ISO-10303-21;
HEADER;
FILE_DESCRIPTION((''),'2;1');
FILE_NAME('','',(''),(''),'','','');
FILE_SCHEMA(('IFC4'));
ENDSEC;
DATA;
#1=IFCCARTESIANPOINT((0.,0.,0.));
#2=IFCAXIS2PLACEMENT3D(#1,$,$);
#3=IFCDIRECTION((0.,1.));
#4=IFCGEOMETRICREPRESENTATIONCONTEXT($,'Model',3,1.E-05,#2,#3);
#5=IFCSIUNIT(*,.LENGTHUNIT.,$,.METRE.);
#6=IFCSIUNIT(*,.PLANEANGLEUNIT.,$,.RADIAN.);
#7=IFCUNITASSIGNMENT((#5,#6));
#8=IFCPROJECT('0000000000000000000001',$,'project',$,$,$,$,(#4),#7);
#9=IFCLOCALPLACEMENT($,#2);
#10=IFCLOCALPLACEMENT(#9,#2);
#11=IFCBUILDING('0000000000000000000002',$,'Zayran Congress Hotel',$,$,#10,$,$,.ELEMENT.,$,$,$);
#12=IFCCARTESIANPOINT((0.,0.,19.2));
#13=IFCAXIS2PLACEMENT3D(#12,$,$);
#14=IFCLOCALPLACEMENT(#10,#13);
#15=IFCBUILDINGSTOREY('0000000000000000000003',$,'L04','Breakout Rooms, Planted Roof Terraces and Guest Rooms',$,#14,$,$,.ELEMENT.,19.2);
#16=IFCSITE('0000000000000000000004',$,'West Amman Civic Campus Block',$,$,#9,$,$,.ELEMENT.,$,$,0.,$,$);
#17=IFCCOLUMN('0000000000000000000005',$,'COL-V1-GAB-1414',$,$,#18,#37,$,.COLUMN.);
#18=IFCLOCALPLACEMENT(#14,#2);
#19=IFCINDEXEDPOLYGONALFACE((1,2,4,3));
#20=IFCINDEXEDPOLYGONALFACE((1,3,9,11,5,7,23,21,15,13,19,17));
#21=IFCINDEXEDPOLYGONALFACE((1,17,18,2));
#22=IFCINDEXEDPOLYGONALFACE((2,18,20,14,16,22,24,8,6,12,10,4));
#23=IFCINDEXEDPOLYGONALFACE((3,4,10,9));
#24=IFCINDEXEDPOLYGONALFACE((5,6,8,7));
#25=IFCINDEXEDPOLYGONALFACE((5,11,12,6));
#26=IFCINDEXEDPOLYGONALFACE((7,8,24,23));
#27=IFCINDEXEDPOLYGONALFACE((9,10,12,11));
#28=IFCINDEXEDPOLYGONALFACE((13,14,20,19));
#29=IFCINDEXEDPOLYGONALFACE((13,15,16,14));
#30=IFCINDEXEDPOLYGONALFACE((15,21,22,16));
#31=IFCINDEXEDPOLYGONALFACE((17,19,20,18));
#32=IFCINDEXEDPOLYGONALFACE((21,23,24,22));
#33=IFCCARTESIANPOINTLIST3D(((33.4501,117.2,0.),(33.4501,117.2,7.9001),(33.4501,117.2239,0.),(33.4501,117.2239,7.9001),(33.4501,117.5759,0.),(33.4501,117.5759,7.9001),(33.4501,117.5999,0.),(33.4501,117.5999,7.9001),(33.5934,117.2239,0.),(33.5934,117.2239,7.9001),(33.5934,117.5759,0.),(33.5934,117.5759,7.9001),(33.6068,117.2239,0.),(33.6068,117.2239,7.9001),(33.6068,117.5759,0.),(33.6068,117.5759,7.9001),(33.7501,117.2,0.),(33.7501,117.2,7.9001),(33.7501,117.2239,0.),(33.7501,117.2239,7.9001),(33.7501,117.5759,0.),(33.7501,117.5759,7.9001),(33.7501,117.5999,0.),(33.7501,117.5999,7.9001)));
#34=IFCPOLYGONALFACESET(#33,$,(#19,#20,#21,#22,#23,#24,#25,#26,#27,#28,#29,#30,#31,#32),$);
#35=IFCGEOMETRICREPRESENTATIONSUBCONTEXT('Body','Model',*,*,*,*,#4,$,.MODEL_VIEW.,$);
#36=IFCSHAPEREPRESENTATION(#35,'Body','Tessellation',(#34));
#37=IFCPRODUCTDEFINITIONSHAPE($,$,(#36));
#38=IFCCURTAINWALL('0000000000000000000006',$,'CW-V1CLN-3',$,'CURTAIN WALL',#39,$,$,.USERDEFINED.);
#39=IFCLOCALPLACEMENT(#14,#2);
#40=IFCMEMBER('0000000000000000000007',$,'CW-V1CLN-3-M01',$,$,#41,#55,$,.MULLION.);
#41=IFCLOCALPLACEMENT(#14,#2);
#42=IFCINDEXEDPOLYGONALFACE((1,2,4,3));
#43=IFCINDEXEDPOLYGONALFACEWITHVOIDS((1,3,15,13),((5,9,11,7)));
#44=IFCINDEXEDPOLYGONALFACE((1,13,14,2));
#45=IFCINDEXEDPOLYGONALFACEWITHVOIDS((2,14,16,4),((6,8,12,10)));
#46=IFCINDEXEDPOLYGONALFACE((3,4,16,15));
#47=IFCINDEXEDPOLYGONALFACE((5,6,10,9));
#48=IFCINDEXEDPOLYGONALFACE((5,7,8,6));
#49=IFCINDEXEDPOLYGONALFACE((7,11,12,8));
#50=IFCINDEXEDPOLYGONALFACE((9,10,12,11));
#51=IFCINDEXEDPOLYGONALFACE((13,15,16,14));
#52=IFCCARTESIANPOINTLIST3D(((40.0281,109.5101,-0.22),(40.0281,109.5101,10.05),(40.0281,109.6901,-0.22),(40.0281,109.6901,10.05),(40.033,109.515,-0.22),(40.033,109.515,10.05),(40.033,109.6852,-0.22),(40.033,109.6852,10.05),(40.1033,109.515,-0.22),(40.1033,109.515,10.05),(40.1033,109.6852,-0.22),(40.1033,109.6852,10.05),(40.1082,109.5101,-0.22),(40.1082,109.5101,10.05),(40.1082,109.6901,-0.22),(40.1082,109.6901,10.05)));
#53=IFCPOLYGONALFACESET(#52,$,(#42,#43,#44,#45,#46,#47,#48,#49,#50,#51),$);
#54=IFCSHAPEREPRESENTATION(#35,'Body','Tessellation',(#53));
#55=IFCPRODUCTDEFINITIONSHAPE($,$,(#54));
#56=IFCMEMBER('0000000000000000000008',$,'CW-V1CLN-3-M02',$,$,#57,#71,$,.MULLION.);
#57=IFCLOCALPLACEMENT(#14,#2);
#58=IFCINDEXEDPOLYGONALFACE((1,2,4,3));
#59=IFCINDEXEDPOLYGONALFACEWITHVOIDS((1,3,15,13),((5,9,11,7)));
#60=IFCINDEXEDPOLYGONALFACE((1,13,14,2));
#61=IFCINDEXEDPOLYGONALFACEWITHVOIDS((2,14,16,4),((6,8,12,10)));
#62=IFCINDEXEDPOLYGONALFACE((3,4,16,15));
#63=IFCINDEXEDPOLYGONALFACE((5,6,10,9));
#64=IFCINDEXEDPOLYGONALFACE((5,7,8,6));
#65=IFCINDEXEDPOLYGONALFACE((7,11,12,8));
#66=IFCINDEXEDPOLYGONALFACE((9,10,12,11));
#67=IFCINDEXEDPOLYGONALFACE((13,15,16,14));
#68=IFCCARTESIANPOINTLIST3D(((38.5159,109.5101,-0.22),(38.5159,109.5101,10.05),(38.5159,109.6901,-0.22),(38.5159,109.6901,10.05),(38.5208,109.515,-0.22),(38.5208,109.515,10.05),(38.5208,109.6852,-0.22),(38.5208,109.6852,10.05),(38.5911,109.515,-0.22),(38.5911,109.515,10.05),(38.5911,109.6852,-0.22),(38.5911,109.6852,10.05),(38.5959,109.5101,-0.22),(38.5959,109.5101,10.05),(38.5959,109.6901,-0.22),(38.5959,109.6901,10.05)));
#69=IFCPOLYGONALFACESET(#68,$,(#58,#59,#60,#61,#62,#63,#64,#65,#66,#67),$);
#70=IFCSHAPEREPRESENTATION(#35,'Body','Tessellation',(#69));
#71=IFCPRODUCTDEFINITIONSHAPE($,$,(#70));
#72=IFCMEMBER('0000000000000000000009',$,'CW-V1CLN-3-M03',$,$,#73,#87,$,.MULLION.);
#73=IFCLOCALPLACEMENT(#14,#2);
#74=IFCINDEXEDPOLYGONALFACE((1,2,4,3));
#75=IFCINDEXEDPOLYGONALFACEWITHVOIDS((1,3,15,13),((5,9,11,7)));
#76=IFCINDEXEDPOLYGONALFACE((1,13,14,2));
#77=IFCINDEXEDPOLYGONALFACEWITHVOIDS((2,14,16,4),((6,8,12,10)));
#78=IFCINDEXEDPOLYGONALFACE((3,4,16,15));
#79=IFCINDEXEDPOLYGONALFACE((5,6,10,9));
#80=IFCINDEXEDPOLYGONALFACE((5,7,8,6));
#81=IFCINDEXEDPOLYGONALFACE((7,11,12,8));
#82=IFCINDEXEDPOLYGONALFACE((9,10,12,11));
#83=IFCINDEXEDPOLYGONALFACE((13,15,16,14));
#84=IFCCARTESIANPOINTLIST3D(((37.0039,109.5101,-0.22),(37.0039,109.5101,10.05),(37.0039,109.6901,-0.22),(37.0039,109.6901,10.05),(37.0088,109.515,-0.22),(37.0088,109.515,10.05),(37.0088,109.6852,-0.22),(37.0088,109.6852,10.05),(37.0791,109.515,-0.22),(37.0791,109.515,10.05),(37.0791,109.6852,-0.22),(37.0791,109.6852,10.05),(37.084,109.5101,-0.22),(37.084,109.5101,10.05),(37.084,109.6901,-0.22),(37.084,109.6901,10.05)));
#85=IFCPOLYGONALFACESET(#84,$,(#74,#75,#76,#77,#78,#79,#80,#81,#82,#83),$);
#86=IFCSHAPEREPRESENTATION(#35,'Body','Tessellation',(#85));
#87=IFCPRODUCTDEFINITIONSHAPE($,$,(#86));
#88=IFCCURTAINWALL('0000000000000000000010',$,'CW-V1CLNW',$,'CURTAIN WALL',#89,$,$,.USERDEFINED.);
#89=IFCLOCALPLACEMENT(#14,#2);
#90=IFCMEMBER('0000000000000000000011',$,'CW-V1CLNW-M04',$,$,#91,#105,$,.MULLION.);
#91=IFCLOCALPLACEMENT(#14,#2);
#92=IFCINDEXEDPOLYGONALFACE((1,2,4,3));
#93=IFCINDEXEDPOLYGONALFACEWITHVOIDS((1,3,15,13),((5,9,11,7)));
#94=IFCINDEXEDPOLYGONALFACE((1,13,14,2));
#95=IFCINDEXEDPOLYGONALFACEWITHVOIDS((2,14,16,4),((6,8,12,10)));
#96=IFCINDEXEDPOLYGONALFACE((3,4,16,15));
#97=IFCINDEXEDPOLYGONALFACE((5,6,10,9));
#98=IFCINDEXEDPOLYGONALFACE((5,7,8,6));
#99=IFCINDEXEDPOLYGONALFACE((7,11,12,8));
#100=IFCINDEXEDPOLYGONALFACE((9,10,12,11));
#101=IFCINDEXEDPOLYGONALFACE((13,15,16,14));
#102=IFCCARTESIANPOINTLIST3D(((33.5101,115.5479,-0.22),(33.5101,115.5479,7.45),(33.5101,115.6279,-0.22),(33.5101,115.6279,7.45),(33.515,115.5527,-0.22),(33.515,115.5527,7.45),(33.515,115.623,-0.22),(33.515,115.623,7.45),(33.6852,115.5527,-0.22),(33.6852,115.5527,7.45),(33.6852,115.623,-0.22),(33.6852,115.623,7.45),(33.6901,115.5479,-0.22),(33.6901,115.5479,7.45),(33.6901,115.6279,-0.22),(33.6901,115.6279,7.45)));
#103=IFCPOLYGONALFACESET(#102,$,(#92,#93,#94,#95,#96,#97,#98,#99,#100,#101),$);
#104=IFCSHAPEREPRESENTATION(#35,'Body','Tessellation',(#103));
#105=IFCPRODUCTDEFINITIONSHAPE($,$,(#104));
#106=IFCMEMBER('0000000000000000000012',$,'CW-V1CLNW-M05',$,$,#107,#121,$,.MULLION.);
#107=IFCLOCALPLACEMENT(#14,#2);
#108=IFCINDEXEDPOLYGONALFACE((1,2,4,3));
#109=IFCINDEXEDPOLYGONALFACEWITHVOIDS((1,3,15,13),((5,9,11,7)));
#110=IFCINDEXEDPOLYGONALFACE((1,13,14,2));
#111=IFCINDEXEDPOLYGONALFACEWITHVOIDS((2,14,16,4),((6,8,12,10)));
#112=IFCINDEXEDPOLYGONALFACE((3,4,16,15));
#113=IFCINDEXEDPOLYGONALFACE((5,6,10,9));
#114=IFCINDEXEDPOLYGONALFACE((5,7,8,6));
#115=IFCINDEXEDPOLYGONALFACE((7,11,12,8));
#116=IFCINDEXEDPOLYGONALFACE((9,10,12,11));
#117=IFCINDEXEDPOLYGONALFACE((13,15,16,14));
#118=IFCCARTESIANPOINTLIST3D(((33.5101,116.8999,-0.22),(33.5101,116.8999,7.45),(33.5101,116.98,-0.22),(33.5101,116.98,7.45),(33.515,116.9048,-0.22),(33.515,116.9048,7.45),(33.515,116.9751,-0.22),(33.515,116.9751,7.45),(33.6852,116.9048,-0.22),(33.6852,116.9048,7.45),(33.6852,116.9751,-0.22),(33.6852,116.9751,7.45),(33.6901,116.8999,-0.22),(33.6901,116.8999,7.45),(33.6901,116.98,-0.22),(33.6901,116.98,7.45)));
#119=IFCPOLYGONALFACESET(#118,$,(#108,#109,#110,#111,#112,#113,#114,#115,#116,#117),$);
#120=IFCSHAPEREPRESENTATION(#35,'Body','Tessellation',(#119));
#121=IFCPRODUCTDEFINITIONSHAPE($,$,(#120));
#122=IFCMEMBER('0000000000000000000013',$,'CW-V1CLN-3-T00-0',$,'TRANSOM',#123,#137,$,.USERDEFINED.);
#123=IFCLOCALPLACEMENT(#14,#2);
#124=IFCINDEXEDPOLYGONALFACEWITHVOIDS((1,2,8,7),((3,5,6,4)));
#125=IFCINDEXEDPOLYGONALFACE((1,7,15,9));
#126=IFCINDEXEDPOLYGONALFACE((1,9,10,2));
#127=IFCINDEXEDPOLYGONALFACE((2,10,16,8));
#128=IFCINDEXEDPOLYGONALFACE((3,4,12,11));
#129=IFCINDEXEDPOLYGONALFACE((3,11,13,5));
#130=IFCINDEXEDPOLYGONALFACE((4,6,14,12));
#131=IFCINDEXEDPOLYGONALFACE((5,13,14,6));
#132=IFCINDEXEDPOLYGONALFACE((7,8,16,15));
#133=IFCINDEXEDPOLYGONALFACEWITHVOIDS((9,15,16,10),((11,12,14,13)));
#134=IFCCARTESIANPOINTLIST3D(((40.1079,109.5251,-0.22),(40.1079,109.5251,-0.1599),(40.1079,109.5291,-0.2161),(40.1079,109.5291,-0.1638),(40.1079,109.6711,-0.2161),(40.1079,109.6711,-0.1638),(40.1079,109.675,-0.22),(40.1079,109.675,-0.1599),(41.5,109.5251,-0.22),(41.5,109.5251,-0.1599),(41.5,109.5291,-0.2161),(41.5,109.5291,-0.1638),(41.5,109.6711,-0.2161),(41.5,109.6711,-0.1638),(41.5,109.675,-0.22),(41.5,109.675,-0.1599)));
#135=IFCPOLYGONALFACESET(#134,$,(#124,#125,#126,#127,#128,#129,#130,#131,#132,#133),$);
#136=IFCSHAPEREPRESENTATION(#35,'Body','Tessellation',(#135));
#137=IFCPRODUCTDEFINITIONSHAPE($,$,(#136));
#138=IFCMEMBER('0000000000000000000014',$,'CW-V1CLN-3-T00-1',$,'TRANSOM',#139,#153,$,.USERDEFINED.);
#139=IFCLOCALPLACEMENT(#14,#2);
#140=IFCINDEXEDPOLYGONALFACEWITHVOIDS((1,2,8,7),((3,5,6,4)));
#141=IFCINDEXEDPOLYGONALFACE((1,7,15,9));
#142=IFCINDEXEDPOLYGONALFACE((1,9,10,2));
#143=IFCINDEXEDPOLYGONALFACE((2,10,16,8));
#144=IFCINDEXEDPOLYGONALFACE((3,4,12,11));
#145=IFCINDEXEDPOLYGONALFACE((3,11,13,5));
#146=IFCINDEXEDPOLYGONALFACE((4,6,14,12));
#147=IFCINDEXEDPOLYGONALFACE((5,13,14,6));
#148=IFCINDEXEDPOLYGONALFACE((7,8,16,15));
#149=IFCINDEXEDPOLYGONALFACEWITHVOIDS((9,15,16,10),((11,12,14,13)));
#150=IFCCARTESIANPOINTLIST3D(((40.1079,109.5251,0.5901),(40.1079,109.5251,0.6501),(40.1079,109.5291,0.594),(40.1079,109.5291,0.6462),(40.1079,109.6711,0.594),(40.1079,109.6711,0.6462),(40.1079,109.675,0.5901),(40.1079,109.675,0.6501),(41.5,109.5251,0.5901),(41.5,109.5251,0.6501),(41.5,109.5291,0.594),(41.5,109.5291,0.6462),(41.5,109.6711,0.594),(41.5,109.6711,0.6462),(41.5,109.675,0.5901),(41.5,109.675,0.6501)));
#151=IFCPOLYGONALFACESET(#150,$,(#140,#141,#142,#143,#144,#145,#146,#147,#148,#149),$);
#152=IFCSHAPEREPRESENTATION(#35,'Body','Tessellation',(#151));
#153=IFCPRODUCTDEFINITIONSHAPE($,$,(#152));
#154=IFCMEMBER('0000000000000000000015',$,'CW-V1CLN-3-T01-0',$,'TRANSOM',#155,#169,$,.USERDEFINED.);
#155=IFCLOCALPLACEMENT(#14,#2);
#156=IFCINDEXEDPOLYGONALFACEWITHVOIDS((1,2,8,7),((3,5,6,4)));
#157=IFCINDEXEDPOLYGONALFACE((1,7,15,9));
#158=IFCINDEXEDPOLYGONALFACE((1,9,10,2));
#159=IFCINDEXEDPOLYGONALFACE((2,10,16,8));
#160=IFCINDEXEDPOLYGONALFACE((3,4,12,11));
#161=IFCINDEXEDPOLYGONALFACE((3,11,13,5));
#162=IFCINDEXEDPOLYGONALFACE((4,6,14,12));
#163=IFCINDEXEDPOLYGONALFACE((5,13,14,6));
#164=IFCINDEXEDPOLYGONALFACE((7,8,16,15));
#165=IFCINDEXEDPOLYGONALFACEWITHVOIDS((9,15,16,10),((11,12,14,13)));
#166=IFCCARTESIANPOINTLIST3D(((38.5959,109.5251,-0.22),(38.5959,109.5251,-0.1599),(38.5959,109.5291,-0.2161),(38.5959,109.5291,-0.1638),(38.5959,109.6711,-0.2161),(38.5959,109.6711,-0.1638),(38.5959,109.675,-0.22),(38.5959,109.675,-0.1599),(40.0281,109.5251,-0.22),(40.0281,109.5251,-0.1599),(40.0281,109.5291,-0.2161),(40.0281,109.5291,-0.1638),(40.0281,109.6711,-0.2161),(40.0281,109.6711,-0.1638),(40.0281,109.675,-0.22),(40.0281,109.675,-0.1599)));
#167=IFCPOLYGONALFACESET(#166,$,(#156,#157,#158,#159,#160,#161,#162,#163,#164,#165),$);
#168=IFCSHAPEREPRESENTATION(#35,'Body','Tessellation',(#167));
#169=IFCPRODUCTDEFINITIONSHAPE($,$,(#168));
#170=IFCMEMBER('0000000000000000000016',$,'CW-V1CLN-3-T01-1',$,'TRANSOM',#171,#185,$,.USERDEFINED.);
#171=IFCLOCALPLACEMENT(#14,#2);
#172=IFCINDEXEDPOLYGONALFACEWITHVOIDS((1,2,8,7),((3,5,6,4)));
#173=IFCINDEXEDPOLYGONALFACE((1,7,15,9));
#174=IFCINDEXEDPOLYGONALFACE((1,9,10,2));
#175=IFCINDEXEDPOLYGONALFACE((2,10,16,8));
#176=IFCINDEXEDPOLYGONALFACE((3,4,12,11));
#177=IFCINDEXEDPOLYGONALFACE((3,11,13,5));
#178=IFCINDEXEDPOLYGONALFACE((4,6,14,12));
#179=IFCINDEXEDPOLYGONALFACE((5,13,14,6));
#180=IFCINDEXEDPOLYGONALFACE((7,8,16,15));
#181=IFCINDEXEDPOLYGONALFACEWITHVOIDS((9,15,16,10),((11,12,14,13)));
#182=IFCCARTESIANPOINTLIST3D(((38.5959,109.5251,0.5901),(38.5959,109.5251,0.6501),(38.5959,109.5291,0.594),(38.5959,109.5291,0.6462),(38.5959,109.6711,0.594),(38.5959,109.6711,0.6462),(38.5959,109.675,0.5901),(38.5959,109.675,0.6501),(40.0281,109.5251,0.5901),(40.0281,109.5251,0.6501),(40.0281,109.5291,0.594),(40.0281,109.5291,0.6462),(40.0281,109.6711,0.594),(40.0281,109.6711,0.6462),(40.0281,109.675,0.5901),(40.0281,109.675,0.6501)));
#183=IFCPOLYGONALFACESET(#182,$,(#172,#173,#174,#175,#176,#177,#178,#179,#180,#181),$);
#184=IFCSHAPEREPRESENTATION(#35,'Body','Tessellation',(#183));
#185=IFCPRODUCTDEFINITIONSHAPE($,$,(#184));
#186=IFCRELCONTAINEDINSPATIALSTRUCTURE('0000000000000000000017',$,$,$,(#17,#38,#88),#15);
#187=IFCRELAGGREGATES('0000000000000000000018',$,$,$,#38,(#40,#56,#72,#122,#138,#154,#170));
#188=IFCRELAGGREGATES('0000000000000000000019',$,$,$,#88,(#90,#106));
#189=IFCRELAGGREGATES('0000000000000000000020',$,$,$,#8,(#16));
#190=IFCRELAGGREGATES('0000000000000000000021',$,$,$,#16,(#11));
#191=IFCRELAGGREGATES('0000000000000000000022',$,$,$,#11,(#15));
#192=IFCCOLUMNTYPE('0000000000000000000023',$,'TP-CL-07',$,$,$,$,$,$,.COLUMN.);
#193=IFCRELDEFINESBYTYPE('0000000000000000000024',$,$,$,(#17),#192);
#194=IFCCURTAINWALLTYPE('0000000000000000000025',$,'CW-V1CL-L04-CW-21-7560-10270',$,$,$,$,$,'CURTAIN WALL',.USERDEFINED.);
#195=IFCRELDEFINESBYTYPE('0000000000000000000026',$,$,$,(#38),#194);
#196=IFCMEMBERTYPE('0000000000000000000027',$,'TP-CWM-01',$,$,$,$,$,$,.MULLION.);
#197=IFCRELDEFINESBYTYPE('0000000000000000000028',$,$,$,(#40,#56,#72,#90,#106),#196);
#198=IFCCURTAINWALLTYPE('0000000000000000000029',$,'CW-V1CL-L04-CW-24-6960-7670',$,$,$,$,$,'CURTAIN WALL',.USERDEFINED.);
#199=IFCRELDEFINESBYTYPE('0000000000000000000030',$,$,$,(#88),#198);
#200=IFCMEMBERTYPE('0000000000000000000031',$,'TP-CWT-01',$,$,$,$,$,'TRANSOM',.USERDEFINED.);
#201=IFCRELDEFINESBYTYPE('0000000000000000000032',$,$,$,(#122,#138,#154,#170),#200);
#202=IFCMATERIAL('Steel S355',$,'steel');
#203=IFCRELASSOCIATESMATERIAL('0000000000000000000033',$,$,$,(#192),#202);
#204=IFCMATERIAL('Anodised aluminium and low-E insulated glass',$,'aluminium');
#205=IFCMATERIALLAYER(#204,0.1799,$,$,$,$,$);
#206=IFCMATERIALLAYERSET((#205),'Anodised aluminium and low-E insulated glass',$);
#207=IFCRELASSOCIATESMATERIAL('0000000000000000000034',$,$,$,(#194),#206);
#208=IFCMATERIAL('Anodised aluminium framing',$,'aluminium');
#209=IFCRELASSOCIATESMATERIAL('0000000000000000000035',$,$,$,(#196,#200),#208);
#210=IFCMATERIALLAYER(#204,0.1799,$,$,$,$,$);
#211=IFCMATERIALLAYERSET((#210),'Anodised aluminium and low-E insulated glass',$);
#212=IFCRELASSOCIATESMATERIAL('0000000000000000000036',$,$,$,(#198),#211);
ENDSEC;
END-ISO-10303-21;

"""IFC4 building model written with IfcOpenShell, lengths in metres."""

from ifc_helpers import new_model, si_unit, direction, frame, origin, origin_2d, place, context, subcontext, project, spatial, hollow_rectangle, i_section, extrude, material, layer, layer_set, material_profile, profile_set, type_object, element, aggregate, save


model = new_model("IFC4")

# Units and contexts
model_context = context("Model", 3, precision=1e-05, world=origin(), true_north=direction((0.0, 1.0)))
body_context = subcontext(model_context, "Body", "Model", "MODEL_VIEW")
ifc_project = project(units=[si_unit("LENGTHUNIT", "METRE"), si_unit("PLANEANGLEUNIT", "RADIAN")], contexts=[model_context])

# Site, building, storey
site_placement = place(None, origin())
site = spatial("IfcSite", under=ifc_project, at=site_placement, Name="West Amman Civic Campus Block", CompositionType="ELEMENT", RefElevation=0.0)
building_placement = place(site_placement, origin())
building = spatial("IfcBuilding", under=site, at=building_placement, Name="Zayran Congress Hotel", CompositionType="ELEMENT")
storey_placement = place(building_placement, frame((0.0, 0.0, 19.2)))
storey = spatial("IfcBuildingStorey", under=building, at=storey_placement, Name="L04", Description="Breakout Rooms, Planted Roof Terraces and Guest Rooms", CompositionType="ELEMENT", Elevation=19.2)

# Column
ifc_material_1 = material(Name="Steel S355", Category="steel")
ifc_material_profile_1 = material_profile(ifc_material_1, i_section(OverallWidth=0.3, OverallDepth=0.3999, WebThickness=0.0134, FlangeThickness=0.0239, at=origin_2d()), Name="HEB 400")
ifc_profile_set_1 = profile_set([ifc_material_profile_1], Name="Steel S355")
column_type = type_object("IfcColumnType", Name="TP-CL-07", PredefinedType="COLUMN", material=ifc_profile_set_1)
column_placement = place(storey_placement, frame((33.6001, 117.3999, 0.0), z_axis=(0.0, 0.0, 1.0), x_axis=(1.0, 0.0, 0.0)))
element("IfcColumn", 1, at=column_placement, inside=storey, type_object=column_type, Name="COL-V1-GAB-1414", PredefinedType="COLUMN", context=body_context, shape_type="SweptSolid", body=[
    extrude(i_section(OverallWidth=0.3, OverallDepth=0.3999, WebThickness=0.0134, FlangeThickness=0.0239, at=origin_2d()), origin(), (0.0, 0.0, 1.0), 7.9001),
])

# Curtain walls, members
ifc_material_2 = material(Name="Anodised aluminium and low-E insulated glass", Category="aluminium")
ifc_layer_1 = layer(ifc_material_2, 0.1799)
ifc_layer_set_1 = layer_set([ifc_layer_1], Name="Anodised aluminium and low-E insulated glass")
curtain_wall_type_1 = type_object("IfcCurtainWallType", Name="CW-V1CL-L04-CW-21-7560-10270", ElementType="CURTAIN WALL", PredefinedType="USERDEFINED", material=ifc_layer_set_1)
curtain_wall_1_placement = place(storey_placement, origin())
curtain_wall_1 = element("IfcCurtainWall", 2, at=curtain_wall_1_placement, inside=storey, type_object=curtain_wall_type_1, Name="CW-V1CLN-3", ObjectType="CURTAIN WALL", PredefinedType="USERDEFINED")
ifc_material_3 = material(Name="Anodised aluminium framing", Category="aluminium")
ifc_material_profile_2 = material_profile(ifc_material_3, hollow_rectangle(XDim=0.0801, YDim=0.1799, WallThickness=0.0049, at=origin_2d()), Name="RHS 180x80x5")
ifc_profile_set_2 = profile_set([ifc_material_profile_2], Name="Anodised aluminium framing")
member_type_1 = type_object("IfcMemberType", Name="TP-CWM-01", PredefinedType="MULLION", material=ifc_profile_set_2)
member_1_placement = place(storey_placement, frame((40.0681, 109.6001, -0.22), z_axis=(0.0, 0.0, 1.0), x_axis=(1.0, 0.0, 0.0)))
member_1 = element("IfcMember", 3, at=member_1_placement, type_object=member_type_1, Name="CW-V1CLN-3-M01", PredefinedType="MULLION", context=body_context, shape_type="SweptSolid", body=[
    extrude(hollow_rectangle(XDim=0.0801, YDim=0.1799, WallThickness=0.0049, at=origin_2d()), origin(), (0.0, 0.0, 1.0), 10.27),
])
member_2_placement = place(storey_placement, frame((38.5559, 109.6001, -0.22), z_axis=(0.0, 0.0, 1.0), x_axis=(1.0, 0.0, 0.0)))
member_2 = element("IfcMember", 4, at=member_2_placement, type_object=member_type_1, Name="CW-V1CLN-3-M02", PredefinedType="MULLION", context=body_context, shape_type="SweptSolid", body=[
    extrude(hollow_rectangle(XDim=0.0801, YDim=0.1799, WallThickness=0.0049, at=origin_2d()), origin(), (0.0, 0.0, 1.0), 10.27),
])
member_3_placement = place(storey_placement, frame((37.0439, 109.6001, -0.22), z_axis=(0.0, 0.0, 1.0), x_axis=(1.0, 0.0, 0.0)))
member_3 = element("IfcMember", 5, at=member_3_placement, type_object=member_type_1, Name="CW-V1CLN-3-M03", PredefinedType="MULLION", context=body_context, shape_type="SweptSolid", body=[
    extrude(hollow_rectangle(XDim=0.0801, YDim=0.1799, WallThickness=0.0049, at=origin_2d()), origin(), (0.0, 0.0, 1.0), 10.27),
])
ifc_layer_2 = layer(ifc_material_2, 0.1799)
ifc_layer_set_2 = layer_set([ifc_layer_2], Name="Anodised aluminium and low-E insulated glass")
curtain_wall_type_2 = type_object("IfcCurtainWallType", Name="CW-V1CL-L04-CW-24-6960-7670", ElementType="CURTAIN WALL", PredefinedType="USERDEFINED", material=ifc_layer_set_2)
curtain_wall_2_placement = place(storey_placement, origin())
curtain_wall_2 = element("IfcCurtainWall", 6, at=curtain_wall_2_placement, inside=storey, type_object=curtain_wall_type_2, Name="CW-V1CLNW", ObjectType="CURTAIN WALL", PredefinedType="USERDEFINED")
member_4_placement = place(storey_placement, frame((33.6001, 115.5879, -0.22), z_axis=(0.0, 0.0, 1.0), x_axis=(0.0, 1.0, 0.0)))
member_4 = element("IfcMember", 7, at=member_4_placement, type_object=member_type_1, Name="CW-V1CLNW-M04", PredefinedType="MULLION", context=body_context, shape_type="SweptSolid", body=[
    extrude(hollow_rectangle(XDim=0.0801, YDim=0.1799, WallThickness=0.0049, at=origin_2d()), origin(), (0.0, 0.0, 1.0), 7.6699),
])
member_5_placement = place(storey_placement, frame((33.6001, 116.9399, -0.22), z_axis=(0.0, 0.0, 1.0), x_axis=(0.0, 1.0, 0.0)))
member_5 = element("IfcMember", 8, at=member_5_placement, type_object=member_type_1, Name="CW-V1CLNW-M05", PredefinedType="MULLION", context=body_context, shape_type="SweptSolid", body=[
    extrude(hollow_rectangle(XDim=0.0801, YDim=0.1799, WallThickness=0.0049, at=origin_2d()), origin(), (0.0, 0.0, 1.0), 7.6699),
])

# Members
ifc_material_profile_3 = material_profile(ifc_material_3, hollow_rectangle(XDim=0.0601, YDim=0.1499, WallThickness=0.0039, at=origin_2d()), Name="RHS 150x60x4")
ifc_profile_set_3 = profile_set([ifc_material_profile_3], Name="Anodised aluminium framing")
member_type_2 = type_object("IfcMemberType", Name="TP-CWT-01", ElementType="TRANSOM", PredefinedType="USERDEFINED", material=ifc_profile_set_3)
member_6_placement = place(storey_placement, frame((41.5, 109.6001, -0.1899), z_axis=(-1.0, 0.0, 0.0), x_axis=(0.0, 0.0, 1.0)))
member_6 = element("IfcMember", 9, at=member_6_placement, type_object=member_type_2, Name="CW-V1CLN-3-T00-0", ObjectType="TRANSOM", PredefinedType="USERDEFINED", context=body_context, shape_type="SweptSolid", body=[
    extrude(hollow_rectangle(XDim=0.0601, YDim=0.1499, WallThickness=0.0039, at=origin_2d()), origin(), (0.0, 0.0, 1.0), 1.3921),
])
member_7_placement = place(storey_placement, frame((41.5, 109.6001, 0.6201), z_axis=(-1.0, 0.0, 0.0), x_axis=(0.0, 0.0, 1.0)))
member_7 = element("IfcMember", 10, at=member_7_placement, type_object=member_type_2, Name="CW-V1CLN-3-T00-1", ObjectType="TRANSOM", PredefinedType="USERDEFINED", context=body_context, shape_type="SweptSolid", body=[
    extrude(hollow_rectangle(XDim=0.0601, YDim=0.1499, WallThickness=0.0039, at=origin_2d()), origin(), (0.0, 0.0, 1.0), 1.3921),
])
member_8_placement = place(storey_placement, frame((40.0281, 109.6001, -0.1899), z_axis=(-1.0, 0.0, 0.0), x_axis=(0.0, 0.0, 1.0)))
member_8 = element("IfcMember", 11, at=member_8_placement, type_object=member_type_2, Name="CW-V1CLN-3-T01-0", ObjectType="TRANSOM", PredefinedType="USERDEFINED", context=body_context, shape_type="SweptSolid", body=[
    extrude(hollow_rectangle(XDim=0.0601, YDim=0.1499, WallThickness=0.0039, at=origin_2d()), origin(), (0.0, 0.0, 1.0), 1.4321),
])
member_9_placement = place(storey_placement, frame((40.0281, 109.6001, 0.6201), z_axis=(-1.0, 0.0, 0.0), x_axis=(0.0, 0.0, 1.0)))
member_9 = element("IfcMember", 12, at=member_9_placement, type_object=member_type_2, Name="CW-V1CLN-3-T01-1", ObjectType="TRANSOM", PredefinedType="USERDEFINED", context=body_context, shape_type="SweptSolid", body=[
    extrude(hollow_rectangle(XDim=0.0601, YDim=0.1499, WallThickness=0.0039, at=origin_2d()), origin(), (0.0, 0.0, 1.0), 1.4321),
])

aggregate(curtain_wall_1, [member_1, member_2, member_3, member_6, member_7, member_8, member_9])
aggregate(curtain_wall_2, [member_4, member_5])

save(model, "model.ifc")
